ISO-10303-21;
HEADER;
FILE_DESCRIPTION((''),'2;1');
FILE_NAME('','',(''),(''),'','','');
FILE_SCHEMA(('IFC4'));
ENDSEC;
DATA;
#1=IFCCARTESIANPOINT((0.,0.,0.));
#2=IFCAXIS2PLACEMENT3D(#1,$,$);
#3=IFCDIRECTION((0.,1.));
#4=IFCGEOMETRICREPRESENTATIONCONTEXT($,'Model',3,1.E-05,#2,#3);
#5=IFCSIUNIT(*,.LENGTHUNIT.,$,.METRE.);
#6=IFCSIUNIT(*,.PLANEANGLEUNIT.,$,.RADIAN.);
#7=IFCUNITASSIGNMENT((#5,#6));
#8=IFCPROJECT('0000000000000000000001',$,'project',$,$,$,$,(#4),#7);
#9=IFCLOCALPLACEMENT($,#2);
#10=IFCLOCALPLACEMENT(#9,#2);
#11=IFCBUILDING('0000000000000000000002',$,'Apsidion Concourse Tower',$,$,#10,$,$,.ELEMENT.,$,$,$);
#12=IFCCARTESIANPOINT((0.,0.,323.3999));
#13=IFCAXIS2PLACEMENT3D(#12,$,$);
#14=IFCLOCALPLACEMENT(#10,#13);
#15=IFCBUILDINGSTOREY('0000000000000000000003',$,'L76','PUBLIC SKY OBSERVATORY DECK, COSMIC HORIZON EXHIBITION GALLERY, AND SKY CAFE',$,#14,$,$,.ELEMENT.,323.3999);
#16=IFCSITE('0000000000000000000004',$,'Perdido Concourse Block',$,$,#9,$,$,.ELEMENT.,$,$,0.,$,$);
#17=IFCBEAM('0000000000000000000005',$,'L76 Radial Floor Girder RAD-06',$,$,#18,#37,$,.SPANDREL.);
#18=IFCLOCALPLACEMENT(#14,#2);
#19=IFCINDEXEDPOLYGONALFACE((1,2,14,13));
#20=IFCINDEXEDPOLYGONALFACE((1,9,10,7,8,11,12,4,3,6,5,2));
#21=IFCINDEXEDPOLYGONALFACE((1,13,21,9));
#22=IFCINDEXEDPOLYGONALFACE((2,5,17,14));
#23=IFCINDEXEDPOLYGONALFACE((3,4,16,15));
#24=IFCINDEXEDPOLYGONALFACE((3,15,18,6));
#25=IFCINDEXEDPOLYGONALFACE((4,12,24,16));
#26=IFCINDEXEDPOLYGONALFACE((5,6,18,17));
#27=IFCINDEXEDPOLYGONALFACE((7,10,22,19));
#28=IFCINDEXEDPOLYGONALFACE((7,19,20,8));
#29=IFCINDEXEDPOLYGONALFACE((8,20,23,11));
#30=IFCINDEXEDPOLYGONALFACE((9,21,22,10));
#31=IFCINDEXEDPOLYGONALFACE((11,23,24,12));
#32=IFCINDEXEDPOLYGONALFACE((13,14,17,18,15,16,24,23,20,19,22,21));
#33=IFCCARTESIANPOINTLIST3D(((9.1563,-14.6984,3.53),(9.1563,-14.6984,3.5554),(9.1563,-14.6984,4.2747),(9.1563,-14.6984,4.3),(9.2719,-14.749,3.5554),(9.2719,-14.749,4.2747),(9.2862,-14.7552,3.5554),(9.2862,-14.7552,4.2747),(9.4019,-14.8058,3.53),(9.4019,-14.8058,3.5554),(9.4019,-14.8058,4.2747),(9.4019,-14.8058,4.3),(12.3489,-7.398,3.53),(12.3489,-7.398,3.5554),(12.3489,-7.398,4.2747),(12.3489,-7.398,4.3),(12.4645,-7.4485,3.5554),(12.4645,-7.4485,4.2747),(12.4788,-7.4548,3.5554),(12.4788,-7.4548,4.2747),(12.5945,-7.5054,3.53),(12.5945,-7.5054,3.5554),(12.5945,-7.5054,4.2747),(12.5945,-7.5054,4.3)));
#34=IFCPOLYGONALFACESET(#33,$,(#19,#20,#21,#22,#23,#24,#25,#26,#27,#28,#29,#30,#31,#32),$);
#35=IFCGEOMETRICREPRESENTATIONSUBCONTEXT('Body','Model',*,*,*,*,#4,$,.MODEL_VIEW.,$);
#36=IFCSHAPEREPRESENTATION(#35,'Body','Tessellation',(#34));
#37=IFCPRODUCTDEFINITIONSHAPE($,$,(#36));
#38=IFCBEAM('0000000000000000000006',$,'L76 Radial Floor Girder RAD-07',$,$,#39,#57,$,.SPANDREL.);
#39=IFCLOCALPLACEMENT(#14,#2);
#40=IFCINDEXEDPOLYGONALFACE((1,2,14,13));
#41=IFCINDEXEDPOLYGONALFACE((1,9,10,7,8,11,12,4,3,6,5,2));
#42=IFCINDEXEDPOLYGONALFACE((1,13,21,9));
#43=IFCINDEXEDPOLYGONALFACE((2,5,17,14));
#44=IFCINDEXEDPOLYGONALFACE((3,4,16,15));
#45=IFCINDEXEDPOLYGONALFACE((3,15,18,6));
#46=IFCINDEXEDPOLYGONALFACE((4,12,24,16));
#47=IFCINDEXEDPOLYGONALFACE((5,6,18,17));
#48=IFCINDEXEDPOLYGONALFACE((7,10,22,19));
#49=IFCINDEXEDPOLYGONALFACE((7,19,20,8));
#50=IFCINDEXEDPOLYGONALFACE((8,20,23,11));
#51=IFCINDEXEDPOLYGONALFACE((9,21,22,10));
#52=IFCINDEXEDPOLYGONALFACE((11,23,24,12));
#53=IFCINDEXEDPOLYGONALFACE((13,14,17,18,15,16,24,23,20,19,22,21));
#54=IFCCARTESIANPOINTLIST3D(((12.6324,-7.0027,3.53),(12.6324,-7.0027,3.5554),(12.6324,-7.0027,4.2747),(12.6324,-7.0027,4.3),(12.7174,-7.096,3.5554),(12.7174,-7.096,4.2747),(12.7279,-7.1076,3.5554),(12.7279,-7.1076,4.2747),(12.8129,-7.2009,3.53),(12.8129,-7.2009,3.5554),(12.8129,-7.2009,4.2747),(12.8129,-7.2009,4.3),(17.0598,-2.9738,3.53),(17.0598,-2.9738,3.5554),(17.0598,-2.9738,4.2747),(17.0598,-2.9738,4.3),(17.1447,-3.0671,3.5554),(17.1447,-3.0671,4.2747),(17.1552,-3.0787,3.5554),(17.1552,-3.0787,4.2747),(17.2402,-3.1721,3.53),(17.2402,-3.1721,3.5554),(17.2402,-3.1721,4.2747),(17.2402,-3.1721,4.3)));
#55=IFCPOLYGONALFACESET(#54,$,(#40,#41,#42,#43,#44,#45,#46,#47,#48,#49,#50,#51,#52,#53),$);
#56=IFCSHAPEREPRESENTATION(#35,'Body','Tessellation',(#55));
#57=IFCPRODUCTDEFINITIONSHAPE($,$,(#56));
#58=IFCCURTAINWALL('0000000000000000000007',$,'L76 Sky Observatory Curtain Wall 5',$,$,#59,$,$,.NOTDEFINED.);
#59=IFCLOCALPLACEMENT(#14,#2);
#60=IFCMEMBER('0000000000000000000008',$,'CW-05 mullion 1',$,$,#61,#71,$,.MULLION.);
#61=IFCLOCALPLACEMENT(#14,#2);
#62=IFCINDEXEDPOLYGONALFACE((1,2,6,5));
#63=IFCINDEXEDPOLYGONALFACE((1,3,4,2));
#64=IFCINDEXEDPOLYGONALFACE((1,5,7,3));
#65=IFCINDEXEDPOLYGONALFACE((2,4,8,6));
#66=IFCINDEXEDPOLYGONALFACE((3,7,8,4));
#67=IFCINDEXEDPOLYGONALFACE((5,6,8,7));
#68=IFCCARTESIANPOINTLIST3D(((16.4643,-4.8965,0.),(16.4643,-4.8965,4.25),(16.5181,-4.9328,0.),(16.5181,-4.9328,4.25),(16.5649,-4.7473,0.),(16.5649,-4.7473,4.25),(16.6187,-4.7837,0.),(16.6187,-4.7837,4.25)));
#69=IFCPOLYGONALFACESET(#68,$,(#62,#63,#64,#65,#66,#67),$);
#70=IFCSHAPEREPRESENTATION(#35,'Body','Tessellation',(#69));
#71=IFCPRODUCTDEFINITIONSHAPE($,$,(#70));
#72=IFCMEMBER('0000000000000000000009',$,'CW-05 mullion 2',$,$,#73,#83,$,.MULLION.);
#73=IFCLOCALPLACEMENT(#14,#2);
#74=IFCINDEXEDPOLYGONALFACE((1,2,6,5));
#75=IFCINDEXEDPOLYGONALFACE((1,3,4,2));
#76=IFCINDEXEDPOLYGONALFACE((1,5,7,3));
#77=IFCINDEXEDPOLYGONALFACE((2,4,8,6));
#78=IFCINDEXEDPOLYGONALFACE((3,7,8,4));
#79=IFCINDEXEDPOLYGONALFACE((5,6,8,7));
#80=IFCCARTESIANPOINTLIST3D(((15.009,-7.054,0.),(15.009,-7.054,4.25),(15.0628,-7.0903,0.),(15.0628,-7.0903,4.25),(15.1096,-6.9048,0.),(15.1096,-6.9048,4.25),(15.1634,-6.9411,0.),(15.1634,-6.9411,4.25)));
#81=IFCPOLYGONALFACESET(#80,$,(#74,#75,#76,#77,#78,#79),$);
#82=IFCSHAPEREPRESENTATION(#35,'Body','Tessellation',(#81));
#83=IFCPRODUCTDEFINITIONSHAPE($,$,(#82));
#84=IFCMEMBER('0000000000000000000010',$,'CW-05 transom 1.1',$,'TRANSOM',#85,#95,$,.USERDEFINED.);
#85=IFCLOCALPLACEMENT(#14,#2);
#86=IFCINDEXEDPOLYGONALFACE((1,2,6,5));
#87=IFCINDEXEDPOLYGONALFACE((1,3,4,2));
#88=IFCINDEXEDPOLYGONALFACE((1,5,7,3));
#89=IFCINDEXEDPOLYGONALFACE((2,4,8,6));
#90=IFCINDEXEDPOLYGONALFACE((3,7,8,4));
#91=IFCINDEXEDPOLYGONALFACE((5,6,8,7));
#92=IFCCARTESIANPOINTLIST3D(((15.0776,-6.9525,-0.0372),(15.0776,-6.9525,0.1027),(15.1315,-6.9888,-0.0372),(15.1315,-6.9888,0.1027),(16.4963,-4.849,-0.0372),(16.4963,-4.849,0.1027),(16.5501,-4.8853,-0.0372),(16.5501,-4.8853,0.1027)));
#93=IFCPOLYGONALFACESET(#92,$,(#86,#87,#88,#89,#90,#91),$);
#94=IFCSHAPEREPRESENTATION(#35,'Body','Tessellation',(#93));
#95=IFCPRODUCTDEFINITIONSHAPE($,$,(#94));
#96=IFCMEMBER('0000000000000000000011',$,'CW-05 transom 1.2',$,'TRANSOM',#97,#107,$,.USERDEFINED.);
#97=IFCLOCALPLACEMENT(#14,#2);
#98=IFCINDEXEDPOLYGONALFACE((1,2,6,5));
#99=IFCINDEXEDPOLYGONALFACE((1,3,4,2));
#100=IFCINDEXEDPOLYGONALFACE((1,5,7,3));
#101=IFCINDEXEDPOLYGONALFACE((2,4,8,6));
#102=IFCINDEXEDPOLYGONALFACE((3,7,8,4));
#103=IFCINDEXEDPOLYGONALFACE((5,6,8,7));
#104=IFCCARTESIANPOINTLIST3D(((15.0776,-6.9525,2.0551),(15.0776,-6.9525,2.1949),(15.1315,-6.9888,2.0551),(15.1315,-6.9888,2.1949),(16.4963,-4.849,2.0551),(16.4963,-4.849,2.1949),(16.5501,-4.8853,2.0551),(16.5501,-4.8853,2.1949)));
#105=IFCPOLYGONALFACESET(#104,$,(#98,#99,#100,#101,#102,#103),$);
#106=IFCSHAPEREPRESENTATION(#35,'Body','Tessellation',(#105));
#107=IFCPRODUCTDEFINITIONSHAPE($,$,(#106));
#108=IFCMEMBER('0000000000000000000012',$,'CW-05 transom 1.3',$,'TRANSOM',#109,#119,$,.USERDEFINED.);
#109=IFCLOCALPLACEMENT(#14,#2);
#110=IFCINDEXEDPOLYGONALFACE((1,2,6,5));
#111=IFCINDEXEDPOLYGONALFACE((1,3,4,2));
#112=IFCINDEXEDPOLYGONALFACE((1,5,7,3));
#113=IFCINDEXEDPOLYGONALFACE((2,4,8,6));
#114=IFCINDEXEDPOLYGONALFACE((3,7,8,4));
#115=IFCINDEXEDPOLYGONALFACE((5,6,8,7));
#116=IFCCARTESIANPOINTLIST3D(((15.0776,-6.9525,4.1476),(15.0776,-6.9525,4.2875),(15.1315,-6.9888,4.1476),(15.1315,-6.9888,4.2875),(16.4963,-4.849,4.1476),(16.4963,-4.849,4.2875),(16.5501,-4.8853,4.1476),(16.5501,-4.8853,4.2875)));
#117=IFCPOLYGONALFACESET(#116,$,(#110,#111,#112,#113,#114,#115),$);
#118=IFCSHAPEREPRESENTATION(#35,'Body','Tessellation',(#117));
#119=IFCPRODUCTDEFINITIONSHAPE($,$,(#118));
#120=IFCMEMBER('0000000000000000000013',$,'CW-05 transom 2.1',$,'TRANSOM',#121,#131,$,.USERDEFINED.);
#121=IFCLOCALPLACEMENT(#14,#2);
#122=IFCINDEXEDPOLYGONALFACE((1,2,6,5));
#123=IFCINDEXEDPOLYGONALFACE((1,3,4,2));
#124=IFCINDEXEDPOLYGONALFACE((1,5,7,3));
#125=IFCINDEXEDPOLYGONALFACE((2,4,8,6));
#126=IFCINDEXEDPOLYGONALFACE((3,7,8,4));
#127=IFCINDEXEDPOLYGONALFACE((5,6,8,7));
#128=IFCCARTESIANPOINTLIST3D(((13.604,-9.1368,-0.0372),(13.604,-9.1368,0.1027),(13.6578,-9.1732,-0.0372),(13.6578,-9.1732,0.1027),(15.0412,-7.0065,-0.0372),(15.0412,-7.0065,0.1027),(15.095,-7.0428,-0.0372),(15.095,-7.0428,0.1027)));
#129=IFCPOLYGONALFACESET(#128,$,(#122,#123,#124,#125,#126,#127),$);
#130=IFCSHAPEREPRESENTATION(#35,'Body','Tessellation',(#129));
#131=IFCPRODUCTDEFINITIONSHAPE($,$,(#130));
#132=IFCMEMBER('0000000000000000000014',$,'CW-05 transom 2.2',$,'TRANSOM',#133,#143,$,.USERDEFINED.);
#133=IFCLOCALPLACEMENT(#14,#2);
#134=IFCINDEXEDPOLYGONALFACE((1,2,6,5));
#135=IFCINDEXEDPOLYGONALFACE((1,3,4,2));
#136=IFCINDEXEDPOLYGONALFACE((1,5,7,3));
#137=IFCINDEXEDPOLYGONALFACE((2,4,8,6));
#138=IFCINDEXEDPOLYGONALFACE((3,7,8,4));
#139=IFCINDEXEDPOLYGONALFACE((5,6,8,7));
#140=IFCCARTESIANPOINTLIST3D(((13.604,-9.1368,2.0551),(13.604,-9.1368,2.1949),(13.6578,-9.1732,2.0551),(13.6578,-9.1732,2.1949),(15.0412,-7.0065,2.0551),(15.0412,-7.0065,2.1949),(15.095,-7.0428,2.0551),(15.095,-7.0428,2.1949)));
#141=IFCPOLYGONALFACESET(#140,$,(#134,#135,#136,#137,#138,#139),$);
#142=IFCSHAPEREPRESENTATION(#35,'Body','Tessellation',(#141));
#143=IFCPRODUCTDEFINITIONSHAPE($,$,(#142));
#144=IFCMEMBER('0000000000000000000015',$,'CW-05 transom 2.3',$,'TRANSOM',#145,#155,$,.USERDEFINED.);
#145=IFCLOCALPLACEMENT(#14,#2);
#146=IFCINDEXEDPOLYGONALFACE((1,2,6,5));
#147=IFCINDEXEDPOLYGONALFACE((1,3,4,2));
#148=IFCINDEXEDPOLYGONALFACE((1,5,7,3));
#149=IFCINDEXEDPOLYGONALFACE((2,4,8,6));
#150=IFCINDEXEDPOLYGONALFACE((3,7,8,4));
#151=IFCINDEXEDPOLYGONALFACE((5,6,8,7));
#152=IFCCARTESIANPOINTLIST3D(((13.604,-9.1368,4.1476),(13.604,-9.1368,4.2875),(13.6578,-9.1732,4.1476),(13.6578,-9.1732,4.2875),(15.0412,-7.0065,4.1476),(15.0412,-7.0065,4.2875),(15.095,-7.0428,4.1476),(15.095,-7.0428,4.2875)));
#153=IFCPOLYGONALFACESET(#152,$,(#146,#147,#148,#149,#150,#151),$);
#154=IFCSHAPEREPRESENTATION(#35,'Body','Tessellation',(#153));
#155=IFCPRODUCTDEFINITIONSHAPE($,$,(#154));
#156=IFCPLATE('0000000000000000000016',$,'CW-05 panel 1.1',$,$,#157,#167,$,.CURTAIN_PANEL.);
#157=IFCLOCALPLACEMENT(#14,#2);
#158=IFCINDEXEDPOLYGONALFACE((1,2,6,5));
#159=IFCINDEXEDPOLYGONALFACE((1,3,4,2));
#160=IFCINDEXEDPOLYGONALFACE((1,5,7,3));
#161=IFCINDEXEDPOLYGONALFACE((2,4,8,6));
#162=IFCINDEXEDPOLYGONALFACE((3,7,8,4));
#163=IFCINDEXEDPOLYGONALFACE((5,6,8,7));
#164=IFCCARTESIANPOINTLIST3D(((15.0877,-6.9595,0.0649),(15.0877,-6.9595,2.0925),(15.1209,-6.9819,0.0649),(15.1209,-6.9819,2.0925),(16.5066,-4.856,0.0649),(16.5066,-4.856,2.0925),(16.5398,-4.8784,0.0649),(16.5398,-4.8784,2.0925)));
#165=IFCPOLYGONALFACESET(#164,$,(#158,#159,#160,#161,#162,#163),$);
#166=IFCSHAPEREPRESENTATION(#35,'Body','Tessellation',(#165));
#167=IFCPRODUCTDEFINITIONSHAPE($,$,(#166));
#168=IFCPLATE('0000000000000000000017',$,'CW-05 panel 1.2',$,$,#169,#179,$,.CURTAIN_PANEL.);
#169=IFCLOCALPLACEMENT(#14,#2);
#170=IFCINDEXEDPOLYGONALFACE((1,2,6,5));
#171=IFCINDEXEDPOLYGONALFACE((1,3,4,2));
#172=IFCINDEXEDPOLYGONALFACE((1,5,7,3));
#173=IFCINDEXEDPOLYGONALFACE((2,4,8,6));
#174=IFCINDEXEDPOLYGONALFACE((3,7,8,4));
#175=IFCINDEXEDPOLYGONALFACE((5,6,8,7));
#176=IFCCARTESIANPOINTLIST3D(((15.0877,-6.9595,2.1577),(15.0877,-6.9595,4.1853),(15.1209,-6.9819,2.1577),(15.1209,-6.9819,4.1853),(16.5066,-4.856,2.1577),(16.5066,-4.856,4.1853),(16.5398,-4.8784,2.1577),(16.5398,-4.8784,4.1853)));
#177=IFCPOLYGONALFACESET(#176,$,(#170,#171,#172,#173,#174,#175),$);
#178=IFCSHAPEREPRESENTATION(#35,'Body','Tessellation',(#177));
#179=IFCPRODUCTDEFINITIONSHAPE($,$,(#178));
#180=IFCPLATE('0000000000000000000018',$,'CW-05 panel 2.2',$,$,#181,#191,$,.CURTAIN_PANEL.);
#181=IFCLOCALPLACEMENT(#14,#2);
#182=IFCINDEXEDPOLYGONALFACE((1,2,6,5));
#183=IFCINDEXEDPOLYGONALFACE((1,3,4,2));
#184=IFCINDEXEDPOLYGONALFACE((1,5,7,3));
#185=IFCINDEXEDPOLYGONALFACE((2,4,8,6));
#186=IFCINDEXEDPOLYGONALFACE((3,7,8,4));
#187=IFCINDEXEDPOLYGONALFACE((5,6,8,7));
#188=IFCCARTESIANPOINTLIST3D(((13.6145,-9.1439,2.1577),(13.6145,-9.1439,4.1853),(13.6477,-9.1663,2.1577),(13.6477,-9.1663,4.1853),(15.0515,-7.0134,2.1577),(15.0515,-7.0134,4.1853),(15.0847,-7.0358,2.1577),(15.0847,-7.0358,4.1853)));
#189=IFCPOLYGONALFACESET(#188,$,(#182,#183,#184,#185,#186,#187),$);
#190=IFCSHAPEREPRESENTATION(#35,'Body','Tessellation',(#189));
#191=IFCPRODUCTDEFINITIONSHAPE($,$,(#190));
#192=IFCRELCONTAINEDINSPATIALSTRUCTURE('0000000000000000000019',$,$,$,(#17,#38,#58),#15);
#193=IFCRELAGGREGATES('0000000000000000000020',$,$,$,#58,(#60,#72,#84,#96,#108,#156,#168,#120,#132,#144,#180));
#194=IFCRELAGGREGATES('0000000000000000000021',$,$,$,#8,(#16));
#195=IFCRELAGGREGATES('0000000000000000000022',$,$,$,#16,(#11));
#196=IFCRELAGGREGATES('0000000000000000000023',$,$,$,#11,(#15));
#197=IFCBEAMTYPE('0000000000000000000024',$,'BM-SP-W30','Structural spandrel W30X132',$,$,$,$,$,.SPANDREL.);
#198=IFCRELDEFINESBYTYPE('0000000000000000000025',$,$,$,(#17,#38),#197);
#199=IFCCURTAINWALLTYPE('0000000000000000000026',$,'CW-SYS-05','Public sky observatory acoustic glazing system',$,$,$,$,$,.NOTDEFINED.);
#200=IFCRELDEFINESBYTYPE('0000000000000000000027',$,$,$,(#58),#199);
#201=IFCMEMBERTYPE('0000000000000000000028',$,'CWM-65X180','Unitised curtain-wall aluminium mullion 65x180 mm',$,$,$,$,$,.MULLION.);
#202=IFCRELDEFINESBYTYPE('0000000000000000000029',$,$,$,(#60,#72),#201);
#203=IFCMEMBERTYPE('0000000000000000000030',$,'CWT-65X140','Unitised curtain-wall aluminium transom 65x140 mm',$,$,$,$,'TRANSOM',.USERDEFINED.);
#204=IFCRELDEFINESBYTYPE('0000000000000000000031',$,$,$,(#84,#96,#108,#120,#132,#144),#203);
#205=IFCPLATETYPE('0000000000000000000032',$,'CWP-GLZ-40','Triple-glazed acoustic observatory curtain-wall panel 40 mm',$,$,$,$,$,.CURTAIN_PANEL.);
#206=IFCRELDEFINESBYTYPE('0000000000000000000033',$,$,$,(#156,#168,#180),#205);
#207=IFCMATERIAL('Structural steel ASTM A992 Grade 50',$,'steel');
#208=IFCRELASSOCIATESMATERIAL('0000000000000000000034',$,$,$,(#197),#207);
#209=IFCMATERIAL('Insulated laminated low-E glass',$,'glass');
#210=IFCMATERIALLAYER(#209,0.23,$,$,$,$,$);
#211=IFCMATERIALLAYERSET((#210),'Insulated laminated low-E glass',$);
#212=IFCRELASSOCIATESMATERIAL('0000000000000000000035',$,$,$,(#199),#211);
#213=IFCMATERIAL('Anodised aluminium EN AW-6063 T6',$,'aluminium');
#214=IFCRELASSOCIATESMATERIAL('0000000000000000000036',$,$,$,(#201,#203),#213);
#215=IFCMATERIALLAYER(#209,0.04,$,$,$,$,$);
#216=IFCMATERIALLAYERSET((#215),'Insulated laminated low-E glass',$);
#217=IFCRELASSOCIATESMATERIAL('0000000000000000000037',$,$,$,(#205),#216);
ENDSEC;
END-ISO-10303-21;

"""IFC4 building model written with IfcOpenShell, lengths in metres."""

from ifc_helpers import new_model, si_unit, direction, frame, origin, origin_2d, place, context, subcontext, project, spatial, rectangle, i_section, extrude, material, layer, layer_set, material_profile, profile_set, type_object, element, aggregate, save


model = new_model("IFC4")

# Units and contexts
model_context = context("Model", 3, precision=1e-05, world=origin(), true_north=direction((0.0, 1.0)))
body_context = subcontext(model_context, "Body", "Model", "MODEL_VIEW")
ifc_project = project(units=[si_unit("LENGTHUNIT", "METRE"), si_unit("PLANEANGLEUNIT", "RADIAN")], contexts=[model_context])

# Site, building, storey
site_placement = place(None, origin())
site = spatial("IfcSite", under=ifc_project, at=site_placement, Name="Perdido Concourse Block", CompositionType="ELEMENT", RefElevation=0.0)
building_placement = place(site_placement, origin())
building = spatial("IfcBuilding", under=site, at=building_placement, Name="Apsidion Concourse Tower", CompositionType="ELEMENT")
storey_placement = place(building_placement, frame((0.0, 0.0, 323.3999)))
storey = spatial("IfcBuildingStorey", under=building, at=storey_placement, Name="L76", Description="PUBLIC SKY OBSERVATORY DECK, COSMIC HORIZON EXHIBITION GALLERY, AND SKY CAFE", CompositionType="ELEMENT", Elevation=323.3999)

# Shared definitions
ifc_material_1 = material(Name="Structural steel ASTM A992 Grade 50", Category="steel")

# Beams
ifc_material_profile_1 = material_profile(ifc_material_1, i_section(OverallWidth=0.2681, OverallDepth=0.77, WebThickness=0.0156, FlangeThickness=0.0254, at=origin_2d()), Name="W30X132")
ifc_profile_set_1 = profile_set([ifc_material_profile_1], Name="Structural steel ASTM A992 Grade 50")
beam_type_1 = type_object("IfcBeamType", Name="BM-SP-W30", Description="Structural spandrel W30X132", PredefinedType="SPANDREL", material=ifc_profile_set_1)
beam_1_placement = place(storey_placement, frame((12.4717, -7.4517, 3.915), z_axis=(-0.400676, -0.91622, 0.0), x_axis=(0.91622, -0.400676, 0.0)))
element("IfcBeam", 1, at=beam_1_placement, inside=storey, type_object=beam_type_1, Name="L76 Radial Floor Girder RAD-06", PredefinedType="SPANDREL", context=body_context, shape_type="SweptSolid", body=[
    extrude(i_section(OverallWidth=0.2681, OverallDepth=0.77, WebThickness=0.0156, FlangeThickness=0.0254, at=origin_2d()), origin(), (0.0, 0.0, 1.0), 7.968),
])
beam_2_placement = place(storey_placement, frame((12.7227, -7.1018, 3.915), z_axis=(0.739604, 0.673042, 0.0), x_axis=(-0.673042, 0.739604, 0.0)))
element("IfcBeam", 2, at=beam_2_placement, inside=storey, type_object=beam_type_1, Name="L76 Radial Floor Girder RAD-07", PredefinedType="SPANDREL", context=body_context, shape_type="SweptSolid", body=[
    extrude(i_section(OverallWidth=0.2681, OverallDepth=0.77, WebThickness=0.0156, FlangeThickness=0.0254, at=origin_2d()), origin(), (0.0, 0.0, 1.0), 5.9861),
])

# Curtain wall, members, plates
ifc_material_2 = material(Name="Insulated laminated low-E glass", Category="glass")
ifc_layer_1 = layer(ifc_material_2, 0.23)
ifc_layer_set_1 = layer_set([ifc_layer_1], Name="Insulated laminated low-E glass")
curtain_wall_type = type_object("IfcCurtainWallType", Name="CW-SYS-05", Description="Public sky observatory acoustic glazing system", PredefinedType="NOTDEFINED", material=ifc_layer_set_1)
curtain_wall_placement = place(storey_placement, origin())
curtain_wall = element("IfcCurtainWall", 3, at=curtain_wall_placement, inside=storey, type_object=curtain_wall_type, Name="L76 Sky Observatory Curtain Wall 5", PredefinedType="NOTDEFINED")
ifc_material_3 = material(Name="Anodised aluminium EN AW-6063 T6", Category="aluminium")
ifc_material_profile_2 = material_profile(ifc_material_3, rectangle(XDim=0.0649, YDim=0.1799, at=origin_2d()), Name="ALU MULLION 65x180")
ifc_profile_set_2 = profile_set([ifc_material_profile_2], Name="Anodised aluminium EN AW-6063 T6")
member_type_1 = type_object("IfcMemberType", Name="CWM-65X180", Description="Unitised curtain-wall aluminium mullion 65x180 mm", PredefinedType="MULLION", material=ifc_profile_set_2)
member_1_placement = place(storey_placement, frame((16.5415, -4.8401, 0.0), z_axis=(0.0, 0.0, 1.0), x_axis=(0.829037, -0.559194, 0.0)))
member_1 = element("IfcMember", 4, at=member_1_placement, type_object=member_type_1, Name="CW-05 mullion 1", PredefinedType="MULLION", context=body_context, shape_type="SweptSolid", body=[
    extrude(rectangle(XDim=0.0649, YDim=0.1799, at=origin_2d()), origin(), (0.0, 0.0, 1.0), 4.25),
])
member_2_placement = place(storey_placement, frame((15.0862, -6.9976, 0.0), z_axis=(0.0, 0.0, 1.0), x_axis=(0.829037, -0.559194, 0.0)))
member_2 = element("IfcMember", 5, at=member_2_placement, type_object=member_type_1, Name="CW-05 mullion 2", PredefinedType="MULLION", context=body_context, shape_type="SweptSolid", body=[
    extrude(rectangle(XDim=0.0649, YDim=0.1799, at=origin_2d()), origin(), (0.0, 0.0, 1.0), 4.25),
])
ifc_material_profile_3 = material_profile(ifc_material_3, rectangle(XDim=0.0649, YDim=0.1399, at=origin_2d()), Name="ALU TRANSOM 65x140")
ifc_profile_set_3 = profile_set([ifc_material_profile_3], Name="Anodised aluminium EN AW-6063 T6")
member_type_2 = type_object("IfcMemberType", Name="CWT-65X140", Description="Unitised curtain-wall aluminium transom 65x140 mm", ElementType="TRANSOM", PredefinedType="USERDEFINED", material=ifc_profile_set_3)
member_3_placement = place(storey_placement, frame((16.5232, -4.8672, 0.0327), z_axis=(-0.559156, -0.829063, 0.0), x_axis=(0.829063, -0.559156, 0.0)))
member_3 = element("IfcMember", 6, at=member_3_placement, type_object=member_type_2, Name="CW-05 transom 1.1", ObjectType="TRANSOM", PredefinedType="USERDEFINED", context=body_context, shape_type="SweptSolid", body=[
    extrude(rectangle(XDim=0.0649, YDim=0.1399, at=origin_2d()), origin(), (0.0, 0.0, 1.0), 2.5371),
])
member_4_placement = place(storey_placement, frame((16.5232, -4.8672, 2.125), z_axis=(-0.559156, -0.829063, 0.0), x_axis=(0.829063, -0.559156, 0.0)))
member_4 = element("IfcMember", 7, at=member_4_placement, type_object=member_type_2, Name="CW-05 transom 1.2", ObjectType="TRANSOM", PredefinedType="USERDEFINED", context=body_context, shape_type="SweptSolid", body=[
    extrude(rectangle(XDim=0.0649, YDim=0.1399, at=origin_2d()), origin(), (0.0, 0.0, 1.0), 2.5371),
])
member_5_placement = place(storey_placement, frame((16.5232, -4.8672, 4.2175), z_axis=(-0.559156, -0.829063, 0.0), x_axis=(0.829063, -0.559156, 0.0)))
member_5 = element("IfcMember", 8, at=member_5_placement, type_object=member_type_2, Name="CW-05 transom 1.3", ObjectType="TRANSOM", PredefinedType="USERDEFINED", context=body_context, shape_type="SweptSolid", body=[
    extrude(rectangle(XDim=0.0649, YDim=0.1399, at=origin_2d()), origin(), (0.0, 0.0, 1.0), 2.5371),
])
member_6_placement = place(storey_placement, frame((15.0681, -7.0247, 0.0327), z_axis=(-0.559274, -0.828983, 0.0), x_axis=(0.828983, -0.559274, 0.0)))
member_6 = element("IfcMember", 9, at=member_6_placement, type_object=member_type_2, Name="CW-05 transom 2.1", ObjectType="TRANSOM", PredefinedType="USERDEFINED", context=body_context, shape_type="SweptSolid", body=[
    extrude(rectangle(XDim=0.0649, YDim=0.1399, at=origin_2d()), origin(), (0.0, 0.0, 1.0), 2.5698),
])
member_7_placement = place(storey_placement, frame((15.0681, -7.0247, 2.125), z_axis=(-0.559274, -0.828983, 0.0), x_axis=(0.828983, -0.559274, 0.0)))
member_7 = element("IfcMember", 10, at=member_7_placement, type_object=member_type_2, Name="CW-05 transom 2.2", ObjectType="TRANSOM", PredefinedType="USERDEFINED", context=body_context, shape_type="SweptSolid", body=[
    extrude(rectangle(XDim=0.0649, YDim=0.1399, at=origin_2d()), origin(), (0.0, 0.0, 1.0), 2.5698),
])
member_8_placement = place(storey_placement, frame((15.0681, -7.0247, 4.2175), z_axis=(-0.559274, -0.828983, 0.0), x_axis=(0.828983, -0.559274, 0.0)))
member_8 = element("IfcMember", 11, at=member_8_placement, type_object=member_type_2, Name="CW-05 transom 2.3", ObjectType="TRANSOM", PredefinedType="USERDEFINED", context=body_context, shape_type="SweptSolid", body=[
    extrude(rectangle(XDim=0.0649, YDim=0.1399, at=origin_2d()), origin(), (0.0, 0.0, 1.0), 2.5698),
])
ifc_layer_2 = layer(ifc_material_2, 0.04)
ifc_layer_set_2 = layer_set([ifc_layer_2], Name="Insulated laminated low-E glass")
plate_type = type_object("IfcPlateType", Name="CWP-GLZ-40", Description="Triple-glazed acoustic observatory curtain-wall panel 40 mm", PredefinedType="CURTAIN_PANEL", material=ifc_layer_set_2)
plate_1_placement = place(storey_placement, frame((15.8137, -5.9189, 0.0649), z_axis=(0.0, 0.0, 1.0), x_axis=(-0.559194, -0.829037, 0.0)))
plate_1 = element("IfcPlate", 12, at=plate_1_placement, type_object=plate_type, Name="CW-05 panel 1.1", PredefinedType="CURTAIN_PANEL", context=body_context, shape_type="SweptSolid", body=[
    extrude(rectangle(XDim=2.5374, YDim=0.04, at=origin_2d()), origin(), (0.0, 0.0, 1.0), 2.0276),
])
plate_2_placement = place(storey_placement, frame((15.8137, -5.9189, 2.1577), z_axis=(0.0, 0.0, 1.0), x_axis=(-0.559194, -0.829037, 0.0)))
plate_2 = element("IfcPlate", 13, at=plate_2_placement, type_object=plate_type, Name="CW-05 panel 1.2", PredefinedType="CURTAIN_PANEL", context=body_context, shape_type="SweptSolid", body=[
    extrude(rectangle(XDim=2.5374, YDim=0.04, at=origin_2d()), origin(), (0.0, 0.0, 1.0), 2.0276),
])
plate_3_placement = place(storey_placement, frame((14.3496, -8.0898, 2.1577), z_axis=(0.0, 0.0, 1.0), x_axis=(-0.559194, -0.829037, 0.0)))
plate_3 = element("IfcPlate", 14, at=plate_3_placement, type_object=plate_type, Name="CW-05 panel 2.2", PredefinedType="CURTAIN_PANEL", context=body_context, shape_type="SweptSolid", body=[
    extrude(rectangle(XDim=2.5698, YDim=0.04, at=origin_2d()), origin(), (0.0, 0.0, 1.0), 2.0276),
])
aggregate(curtain_wall, [member_1, member_2, member_3, member_4, member_5, plate_1, plate_2, member_6, member_7, member_8, plate_3])

save(model, "model.ifc")
